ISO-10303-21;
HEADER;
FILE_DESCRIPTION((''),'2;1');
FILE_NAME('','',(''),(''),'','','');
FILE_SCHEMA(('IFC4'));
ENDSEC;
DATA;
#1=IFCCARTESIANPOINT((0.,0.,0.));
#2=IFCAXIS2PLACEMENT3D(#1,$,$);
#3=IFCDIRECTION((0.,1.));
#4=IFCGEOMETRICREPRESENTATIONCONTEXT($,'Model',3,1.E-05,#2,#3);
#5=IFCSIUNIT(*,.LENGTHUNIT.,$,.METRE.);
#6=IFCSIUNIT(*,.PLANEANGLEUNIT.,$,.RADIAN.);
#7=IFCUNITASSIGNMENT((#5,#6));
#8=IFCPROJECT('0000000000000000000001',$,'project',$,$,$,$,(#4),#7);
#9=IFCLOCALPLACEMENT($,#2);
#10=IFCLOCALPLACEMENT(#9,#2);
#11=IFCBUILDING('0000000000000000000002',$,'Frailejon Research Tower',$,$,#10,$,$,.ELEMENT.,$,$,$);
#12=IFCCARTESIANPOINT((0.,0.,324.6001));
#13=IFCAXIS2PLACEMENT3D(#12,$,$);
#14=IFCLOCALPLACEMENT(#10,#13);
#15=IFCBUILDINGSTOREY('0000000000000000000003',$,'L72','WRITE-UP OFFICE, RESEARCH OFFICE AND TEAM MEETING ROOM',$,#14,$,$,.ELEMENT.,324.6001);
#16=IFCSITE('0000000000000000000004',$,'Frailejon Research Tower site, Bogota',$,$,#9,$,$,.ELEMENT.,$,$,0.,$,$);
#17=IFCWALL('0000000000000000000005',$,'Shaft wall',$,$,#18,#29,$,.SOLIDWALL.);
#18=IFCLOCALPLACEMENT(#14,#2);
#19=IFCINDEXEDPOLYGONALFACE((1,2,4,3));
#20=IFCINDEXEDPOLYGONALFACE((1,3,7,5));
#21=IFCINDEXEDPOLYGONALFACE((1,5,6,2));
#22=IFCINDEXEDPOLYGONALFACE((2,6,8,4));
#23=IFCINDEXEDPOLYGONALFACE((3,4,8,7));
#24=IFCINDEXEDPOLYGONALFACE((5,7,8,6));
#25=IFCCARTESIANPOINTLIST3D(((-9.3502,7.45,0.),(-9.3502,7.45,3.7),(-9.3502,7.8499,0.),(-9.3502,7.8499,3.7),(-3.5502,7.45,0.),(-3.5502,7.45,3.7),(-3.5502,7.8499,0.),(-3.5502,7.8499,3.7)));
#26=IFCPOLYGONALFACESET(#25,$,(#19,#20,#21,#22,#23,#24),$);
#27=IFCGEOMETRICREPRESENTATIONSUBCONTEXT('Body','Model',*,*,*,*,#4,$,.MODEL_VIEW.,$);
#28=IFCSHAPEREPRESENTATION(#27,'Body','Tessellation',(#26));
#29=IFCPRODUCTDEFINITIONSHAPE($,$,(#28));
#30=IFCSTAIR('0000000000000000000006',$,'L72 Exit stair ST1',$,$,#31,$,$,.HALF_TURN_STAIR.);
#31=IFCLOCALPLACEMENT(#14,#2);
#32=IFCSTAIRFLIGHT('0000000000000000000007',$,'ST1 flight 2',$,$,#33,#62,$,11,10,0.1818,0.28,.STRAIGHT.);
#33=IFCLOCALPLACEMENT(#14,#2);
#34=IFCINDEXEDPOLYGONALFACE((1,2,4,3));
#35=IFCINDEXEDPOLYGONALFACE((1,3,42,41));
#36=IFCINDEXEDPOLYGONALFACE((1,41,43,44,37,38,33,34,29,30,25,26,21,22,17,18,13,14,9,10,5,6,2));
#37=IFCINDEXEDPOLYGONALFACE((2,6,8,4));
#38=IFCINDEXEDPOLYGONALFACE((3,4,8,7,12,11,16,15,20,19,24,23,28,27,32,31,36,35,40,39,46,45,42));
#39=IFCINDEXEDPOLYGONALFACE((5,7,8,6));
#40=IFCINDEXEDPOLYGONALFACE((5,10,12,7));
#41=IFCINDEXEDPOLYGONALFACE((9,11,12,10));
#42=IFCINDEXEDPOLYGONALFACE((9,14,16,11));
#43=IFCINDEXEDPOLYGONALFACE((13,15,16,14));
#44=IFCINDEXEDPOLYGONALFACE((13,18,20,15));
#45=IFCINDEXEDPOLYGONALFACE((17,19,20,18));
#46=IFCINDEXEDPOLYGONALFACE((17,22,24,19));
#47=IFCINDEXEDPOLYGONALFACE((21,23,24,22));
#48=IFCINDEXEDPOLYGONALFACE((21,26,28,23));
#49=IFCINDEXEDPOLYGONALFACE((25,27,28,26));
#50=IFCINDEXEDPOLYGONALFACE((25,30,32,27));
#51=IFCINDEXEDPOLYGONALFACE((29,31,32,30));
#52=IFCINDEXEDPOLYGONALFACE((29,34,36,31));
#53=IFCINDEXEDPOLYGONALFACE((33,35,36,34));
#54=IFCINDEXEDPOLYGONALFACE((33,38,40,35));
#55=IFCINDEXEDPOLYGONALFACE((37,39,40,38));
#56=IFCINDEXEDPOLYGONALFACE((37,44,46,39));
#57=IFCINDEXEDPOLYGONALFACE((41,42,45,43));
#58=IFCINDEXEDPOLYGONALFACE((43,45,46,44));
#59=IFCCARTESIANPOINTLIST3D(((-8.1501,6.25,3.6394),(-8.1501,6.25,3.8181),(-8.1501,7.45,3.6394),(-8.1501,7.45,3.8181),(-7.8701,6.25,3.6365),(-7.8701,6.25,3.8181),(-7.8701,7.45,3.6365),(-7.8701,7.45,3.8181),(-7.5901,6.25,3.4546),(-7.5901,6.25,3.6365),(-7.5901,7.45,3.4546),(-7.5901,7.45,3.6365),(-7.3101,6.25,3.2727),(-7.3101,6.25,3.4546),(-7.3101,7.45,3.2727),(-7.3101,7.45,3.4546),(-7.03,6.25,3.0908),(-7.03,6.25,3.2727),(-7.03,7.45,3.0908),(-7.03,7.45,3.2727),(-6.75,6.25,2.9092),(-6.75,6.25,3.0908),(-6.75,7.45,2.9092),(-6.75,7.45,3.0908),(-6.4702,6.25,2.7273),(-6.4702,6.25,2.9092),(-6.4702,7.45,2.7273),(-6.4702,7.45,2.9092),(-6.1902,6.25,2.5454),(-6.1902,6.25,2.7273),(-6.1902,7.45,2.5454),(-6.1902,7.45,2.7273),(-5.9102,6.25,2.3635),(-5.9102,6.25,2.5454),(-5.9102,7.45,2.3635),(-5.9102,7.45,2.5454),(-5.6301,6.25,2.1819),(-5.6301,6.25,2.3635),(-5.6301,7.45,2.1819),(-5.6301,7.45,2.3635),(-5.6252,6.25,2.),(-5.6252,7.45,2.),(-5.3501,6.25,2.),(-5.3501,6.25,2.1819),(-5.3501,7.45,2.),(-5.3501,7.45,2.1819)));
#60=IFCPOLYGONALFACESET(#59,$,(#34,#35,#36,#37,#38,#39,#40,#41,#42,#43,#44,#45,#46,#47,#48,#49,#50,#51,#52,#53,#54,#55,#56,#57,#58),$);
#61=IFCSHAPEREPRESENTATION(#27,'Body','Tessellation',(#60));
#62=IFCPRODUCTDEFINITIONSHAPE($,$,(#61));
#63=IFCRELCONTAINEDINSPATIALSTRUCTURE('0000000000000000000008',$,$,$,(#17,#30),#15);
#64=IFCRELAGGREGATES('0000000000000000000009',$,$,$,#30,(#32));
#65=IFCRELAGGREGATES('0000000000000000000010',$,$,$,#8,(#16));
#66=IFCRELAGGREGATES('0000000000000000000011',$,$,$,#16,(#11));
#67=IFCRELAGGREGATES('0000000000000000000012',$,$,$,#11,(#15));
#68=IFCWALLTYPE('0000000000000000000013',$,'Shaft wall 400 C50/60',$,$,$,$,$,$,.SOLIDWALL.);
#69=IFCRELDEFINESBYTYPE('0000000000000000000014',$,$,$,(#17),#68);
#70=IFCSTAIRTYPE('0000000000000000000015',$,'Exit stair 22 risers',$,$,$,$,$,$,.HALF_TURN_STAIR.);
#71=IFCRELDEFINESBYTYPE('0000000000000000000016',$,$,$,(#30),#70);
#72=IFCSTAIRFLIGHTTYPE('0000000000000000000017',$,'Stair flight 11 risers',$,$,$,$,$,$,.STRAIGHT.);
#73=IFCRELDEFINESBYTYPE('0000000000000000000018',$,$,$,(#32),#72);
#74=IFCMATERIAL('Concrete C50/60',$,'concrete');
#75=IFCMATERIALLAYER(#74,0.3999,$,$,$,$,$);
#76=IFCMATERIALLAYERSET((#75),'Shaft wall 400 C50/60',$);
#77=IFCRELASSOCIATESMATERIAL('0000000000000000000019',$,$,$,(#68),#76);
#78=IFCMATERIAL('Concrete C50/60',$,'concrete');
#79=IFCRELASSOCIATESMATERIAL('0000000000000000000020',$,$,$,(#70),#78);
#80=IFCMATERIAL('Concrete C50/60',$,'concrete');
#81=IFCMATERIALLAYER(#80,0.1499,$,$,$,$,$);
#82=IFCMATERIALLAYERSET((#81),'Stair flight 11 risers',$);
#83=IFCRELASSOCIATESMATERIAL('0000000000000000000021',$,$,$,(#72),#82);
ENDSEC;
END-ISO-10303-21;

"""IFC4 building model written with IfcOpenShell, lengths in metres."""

from ifc_helpers import new_model, si_unit, direction, frame, frame_2d, origin, place, context, subcontext, project, spatial, polyline, rectangle, outline, extrude, material, layer, layer_set, type_object, element, aggregate, save


model = new_model("IFC4")

# Units and contexts
model_context = context("Model", 3, precision=1e-05, world=origin(), true_north=direction((0.0, 1.0)))
body_context = subcontext(model_context, "Body", "Model", "MODEL_VIEW")
ifc_project = project(units=[si_unit("LENGTHUNIT", "METRE"), si_unit("PLANEANGLEUNIT", "RADIAN")], contexts=[model_context])

# Site, building, storey
site_placement = place(None, origin())
site = spatial("IfcSite", under=ifc_project, at=site_placement, Name="Frailejon Research Tower site, Bogota", CompositionType="ELEMENT", RefElevation=0.0)
building_placement = place(site_placement, origin())
building = spatial("IfcBuilding", under=site, at=building_placement, Name="Frailejon Research Tower", CompositionType="ELEMENT")
storey_placement = place(building_placement, frame((0.0, 0.0, 324.6001)))
storey = spatial("IfcBuildingStorey", under=building, at=storey_placement, Name="L72", Description="WRITE-UP OFFICE, RESEARCH OFFICE AND TEAM MEETING ROOM", CompositionType="ELEMENT", Elevation=324.6001)

# Wall
ifc_material_1 = material(Name="Concrete C50/60", Category="concrete")
ifc_layer_1 = layer(ifc_material_1, 0.3999)
ifc_layer_set_1 = layer_set([ifc_layer_1], Name="Shaft wall 400 C50/60")
wall_type_1 = type_object("IfcWallType", Name="Shaft wall 400 C50/60", PredefinedType="SOLIDWALL", material=ifc_layer_set_1)
wall_1_placement = place(storey_placement, frame((-9.3501, 7.6499, 0.0), z_axis=(0.0, 0.0, 1.0), x_axis=(1.0, 0.0, 0.0)))
element("IfcWall", 1, at=wall_1_placement, inside=storey, type_object=wall_type_1, Name="Shaft wall", PredefinedType="SOLIDWALL", context=body_context, shape_type="SweptSolid", body=[
    extrude(rectangle(XDim=5.8, YDim=0.3999, at=frame_2d((2.8999, 0.0))), origin(), (0.0, 0.0, 1.0), 3.7),
])

# Stair, stair flight
ifc_material_2 = material(Name="Concrete C50/60", Category="concrete")
stair_type = type_object("IfcStairType", Name="Exit stair 22 risers", PredefinedType="HALF_TURN_STAIR", material=ifc_material_2)
stair_placement = place(storey_placement, origin())
stair = element("IfcStair", 2, at=stair_placement, inside=storey, type_object=stair_type, Name="L72 Exit stair ST1", PredefinedType="HALF_TURN_STAIR")
ifc_material_3 = material(Name="Concrete C50/60", Category="concrete")
ifc_layer_2 = layer(ifc_material_3, 0.1499)
ifc_layer_set_2 = layer_set([ifc_layer_2], Name="Stair flight 11 risers")
stair_flight_type = type_object("IfcStairFlightType", Name="Stair flight 11 risers", PredefinedType="STRAIGHT", material=ifc_layer_set_2)
stair_flight_placement = place(storey_placement, frame((-5.3501, 6.8501, 2.0), z_axis=(0.0, 0.0, 1.0), x_axis=(-1.0, 0.0, 0.0)))
stair_flight = element("IfcStairFlight", 3, at=stair_flight_placement, type_object=stair_flight_type, Name="ST1 flight 2", NumberOfRisers=11, NumberOfTreads=10, PredefinedType="STRAIGHT", RiserHeight=0.1818, TreadLength=0.28, context=body_context, shape_type="SweptSolid", body=[
    extrude(outline(polyline([(0.0, 0.0), (0.0, 0.1819), (0.28, 0.1819), (0.28, 0.3635), (0.5601, 0.3635), (0.5601, 0.5454), (0.8401, 0.5454), (0.8401, 0.7273), (1.1201, 0.7273), (1.1201, 0.9092), (1.3999, 0.9092), (1.3999, 1.0908), (1.6799, 1.0908), (1.6799, 1.2727), (1.96, 1.2727), (1.96, 1.4546), (2.24, 1.4546), (2.24, 1.6365), (2.52, 1.6365), (2.52, 1.8181), (2.8, 1.8181), (2.8, 2.0), (2.8, 1.6394), (0.2751, 0.0), (0.0, 0.0)])), frame((0.0, 0.6001, 0.0), z_axis=(0.0, -1.0, 0.0), x_axis=(1.0, 0.0, 0.0)), (0.0, 0.0, 1.0), 1.2),
])
aggregate(stair, [stair_flight])

save(model, "model.ifc")
